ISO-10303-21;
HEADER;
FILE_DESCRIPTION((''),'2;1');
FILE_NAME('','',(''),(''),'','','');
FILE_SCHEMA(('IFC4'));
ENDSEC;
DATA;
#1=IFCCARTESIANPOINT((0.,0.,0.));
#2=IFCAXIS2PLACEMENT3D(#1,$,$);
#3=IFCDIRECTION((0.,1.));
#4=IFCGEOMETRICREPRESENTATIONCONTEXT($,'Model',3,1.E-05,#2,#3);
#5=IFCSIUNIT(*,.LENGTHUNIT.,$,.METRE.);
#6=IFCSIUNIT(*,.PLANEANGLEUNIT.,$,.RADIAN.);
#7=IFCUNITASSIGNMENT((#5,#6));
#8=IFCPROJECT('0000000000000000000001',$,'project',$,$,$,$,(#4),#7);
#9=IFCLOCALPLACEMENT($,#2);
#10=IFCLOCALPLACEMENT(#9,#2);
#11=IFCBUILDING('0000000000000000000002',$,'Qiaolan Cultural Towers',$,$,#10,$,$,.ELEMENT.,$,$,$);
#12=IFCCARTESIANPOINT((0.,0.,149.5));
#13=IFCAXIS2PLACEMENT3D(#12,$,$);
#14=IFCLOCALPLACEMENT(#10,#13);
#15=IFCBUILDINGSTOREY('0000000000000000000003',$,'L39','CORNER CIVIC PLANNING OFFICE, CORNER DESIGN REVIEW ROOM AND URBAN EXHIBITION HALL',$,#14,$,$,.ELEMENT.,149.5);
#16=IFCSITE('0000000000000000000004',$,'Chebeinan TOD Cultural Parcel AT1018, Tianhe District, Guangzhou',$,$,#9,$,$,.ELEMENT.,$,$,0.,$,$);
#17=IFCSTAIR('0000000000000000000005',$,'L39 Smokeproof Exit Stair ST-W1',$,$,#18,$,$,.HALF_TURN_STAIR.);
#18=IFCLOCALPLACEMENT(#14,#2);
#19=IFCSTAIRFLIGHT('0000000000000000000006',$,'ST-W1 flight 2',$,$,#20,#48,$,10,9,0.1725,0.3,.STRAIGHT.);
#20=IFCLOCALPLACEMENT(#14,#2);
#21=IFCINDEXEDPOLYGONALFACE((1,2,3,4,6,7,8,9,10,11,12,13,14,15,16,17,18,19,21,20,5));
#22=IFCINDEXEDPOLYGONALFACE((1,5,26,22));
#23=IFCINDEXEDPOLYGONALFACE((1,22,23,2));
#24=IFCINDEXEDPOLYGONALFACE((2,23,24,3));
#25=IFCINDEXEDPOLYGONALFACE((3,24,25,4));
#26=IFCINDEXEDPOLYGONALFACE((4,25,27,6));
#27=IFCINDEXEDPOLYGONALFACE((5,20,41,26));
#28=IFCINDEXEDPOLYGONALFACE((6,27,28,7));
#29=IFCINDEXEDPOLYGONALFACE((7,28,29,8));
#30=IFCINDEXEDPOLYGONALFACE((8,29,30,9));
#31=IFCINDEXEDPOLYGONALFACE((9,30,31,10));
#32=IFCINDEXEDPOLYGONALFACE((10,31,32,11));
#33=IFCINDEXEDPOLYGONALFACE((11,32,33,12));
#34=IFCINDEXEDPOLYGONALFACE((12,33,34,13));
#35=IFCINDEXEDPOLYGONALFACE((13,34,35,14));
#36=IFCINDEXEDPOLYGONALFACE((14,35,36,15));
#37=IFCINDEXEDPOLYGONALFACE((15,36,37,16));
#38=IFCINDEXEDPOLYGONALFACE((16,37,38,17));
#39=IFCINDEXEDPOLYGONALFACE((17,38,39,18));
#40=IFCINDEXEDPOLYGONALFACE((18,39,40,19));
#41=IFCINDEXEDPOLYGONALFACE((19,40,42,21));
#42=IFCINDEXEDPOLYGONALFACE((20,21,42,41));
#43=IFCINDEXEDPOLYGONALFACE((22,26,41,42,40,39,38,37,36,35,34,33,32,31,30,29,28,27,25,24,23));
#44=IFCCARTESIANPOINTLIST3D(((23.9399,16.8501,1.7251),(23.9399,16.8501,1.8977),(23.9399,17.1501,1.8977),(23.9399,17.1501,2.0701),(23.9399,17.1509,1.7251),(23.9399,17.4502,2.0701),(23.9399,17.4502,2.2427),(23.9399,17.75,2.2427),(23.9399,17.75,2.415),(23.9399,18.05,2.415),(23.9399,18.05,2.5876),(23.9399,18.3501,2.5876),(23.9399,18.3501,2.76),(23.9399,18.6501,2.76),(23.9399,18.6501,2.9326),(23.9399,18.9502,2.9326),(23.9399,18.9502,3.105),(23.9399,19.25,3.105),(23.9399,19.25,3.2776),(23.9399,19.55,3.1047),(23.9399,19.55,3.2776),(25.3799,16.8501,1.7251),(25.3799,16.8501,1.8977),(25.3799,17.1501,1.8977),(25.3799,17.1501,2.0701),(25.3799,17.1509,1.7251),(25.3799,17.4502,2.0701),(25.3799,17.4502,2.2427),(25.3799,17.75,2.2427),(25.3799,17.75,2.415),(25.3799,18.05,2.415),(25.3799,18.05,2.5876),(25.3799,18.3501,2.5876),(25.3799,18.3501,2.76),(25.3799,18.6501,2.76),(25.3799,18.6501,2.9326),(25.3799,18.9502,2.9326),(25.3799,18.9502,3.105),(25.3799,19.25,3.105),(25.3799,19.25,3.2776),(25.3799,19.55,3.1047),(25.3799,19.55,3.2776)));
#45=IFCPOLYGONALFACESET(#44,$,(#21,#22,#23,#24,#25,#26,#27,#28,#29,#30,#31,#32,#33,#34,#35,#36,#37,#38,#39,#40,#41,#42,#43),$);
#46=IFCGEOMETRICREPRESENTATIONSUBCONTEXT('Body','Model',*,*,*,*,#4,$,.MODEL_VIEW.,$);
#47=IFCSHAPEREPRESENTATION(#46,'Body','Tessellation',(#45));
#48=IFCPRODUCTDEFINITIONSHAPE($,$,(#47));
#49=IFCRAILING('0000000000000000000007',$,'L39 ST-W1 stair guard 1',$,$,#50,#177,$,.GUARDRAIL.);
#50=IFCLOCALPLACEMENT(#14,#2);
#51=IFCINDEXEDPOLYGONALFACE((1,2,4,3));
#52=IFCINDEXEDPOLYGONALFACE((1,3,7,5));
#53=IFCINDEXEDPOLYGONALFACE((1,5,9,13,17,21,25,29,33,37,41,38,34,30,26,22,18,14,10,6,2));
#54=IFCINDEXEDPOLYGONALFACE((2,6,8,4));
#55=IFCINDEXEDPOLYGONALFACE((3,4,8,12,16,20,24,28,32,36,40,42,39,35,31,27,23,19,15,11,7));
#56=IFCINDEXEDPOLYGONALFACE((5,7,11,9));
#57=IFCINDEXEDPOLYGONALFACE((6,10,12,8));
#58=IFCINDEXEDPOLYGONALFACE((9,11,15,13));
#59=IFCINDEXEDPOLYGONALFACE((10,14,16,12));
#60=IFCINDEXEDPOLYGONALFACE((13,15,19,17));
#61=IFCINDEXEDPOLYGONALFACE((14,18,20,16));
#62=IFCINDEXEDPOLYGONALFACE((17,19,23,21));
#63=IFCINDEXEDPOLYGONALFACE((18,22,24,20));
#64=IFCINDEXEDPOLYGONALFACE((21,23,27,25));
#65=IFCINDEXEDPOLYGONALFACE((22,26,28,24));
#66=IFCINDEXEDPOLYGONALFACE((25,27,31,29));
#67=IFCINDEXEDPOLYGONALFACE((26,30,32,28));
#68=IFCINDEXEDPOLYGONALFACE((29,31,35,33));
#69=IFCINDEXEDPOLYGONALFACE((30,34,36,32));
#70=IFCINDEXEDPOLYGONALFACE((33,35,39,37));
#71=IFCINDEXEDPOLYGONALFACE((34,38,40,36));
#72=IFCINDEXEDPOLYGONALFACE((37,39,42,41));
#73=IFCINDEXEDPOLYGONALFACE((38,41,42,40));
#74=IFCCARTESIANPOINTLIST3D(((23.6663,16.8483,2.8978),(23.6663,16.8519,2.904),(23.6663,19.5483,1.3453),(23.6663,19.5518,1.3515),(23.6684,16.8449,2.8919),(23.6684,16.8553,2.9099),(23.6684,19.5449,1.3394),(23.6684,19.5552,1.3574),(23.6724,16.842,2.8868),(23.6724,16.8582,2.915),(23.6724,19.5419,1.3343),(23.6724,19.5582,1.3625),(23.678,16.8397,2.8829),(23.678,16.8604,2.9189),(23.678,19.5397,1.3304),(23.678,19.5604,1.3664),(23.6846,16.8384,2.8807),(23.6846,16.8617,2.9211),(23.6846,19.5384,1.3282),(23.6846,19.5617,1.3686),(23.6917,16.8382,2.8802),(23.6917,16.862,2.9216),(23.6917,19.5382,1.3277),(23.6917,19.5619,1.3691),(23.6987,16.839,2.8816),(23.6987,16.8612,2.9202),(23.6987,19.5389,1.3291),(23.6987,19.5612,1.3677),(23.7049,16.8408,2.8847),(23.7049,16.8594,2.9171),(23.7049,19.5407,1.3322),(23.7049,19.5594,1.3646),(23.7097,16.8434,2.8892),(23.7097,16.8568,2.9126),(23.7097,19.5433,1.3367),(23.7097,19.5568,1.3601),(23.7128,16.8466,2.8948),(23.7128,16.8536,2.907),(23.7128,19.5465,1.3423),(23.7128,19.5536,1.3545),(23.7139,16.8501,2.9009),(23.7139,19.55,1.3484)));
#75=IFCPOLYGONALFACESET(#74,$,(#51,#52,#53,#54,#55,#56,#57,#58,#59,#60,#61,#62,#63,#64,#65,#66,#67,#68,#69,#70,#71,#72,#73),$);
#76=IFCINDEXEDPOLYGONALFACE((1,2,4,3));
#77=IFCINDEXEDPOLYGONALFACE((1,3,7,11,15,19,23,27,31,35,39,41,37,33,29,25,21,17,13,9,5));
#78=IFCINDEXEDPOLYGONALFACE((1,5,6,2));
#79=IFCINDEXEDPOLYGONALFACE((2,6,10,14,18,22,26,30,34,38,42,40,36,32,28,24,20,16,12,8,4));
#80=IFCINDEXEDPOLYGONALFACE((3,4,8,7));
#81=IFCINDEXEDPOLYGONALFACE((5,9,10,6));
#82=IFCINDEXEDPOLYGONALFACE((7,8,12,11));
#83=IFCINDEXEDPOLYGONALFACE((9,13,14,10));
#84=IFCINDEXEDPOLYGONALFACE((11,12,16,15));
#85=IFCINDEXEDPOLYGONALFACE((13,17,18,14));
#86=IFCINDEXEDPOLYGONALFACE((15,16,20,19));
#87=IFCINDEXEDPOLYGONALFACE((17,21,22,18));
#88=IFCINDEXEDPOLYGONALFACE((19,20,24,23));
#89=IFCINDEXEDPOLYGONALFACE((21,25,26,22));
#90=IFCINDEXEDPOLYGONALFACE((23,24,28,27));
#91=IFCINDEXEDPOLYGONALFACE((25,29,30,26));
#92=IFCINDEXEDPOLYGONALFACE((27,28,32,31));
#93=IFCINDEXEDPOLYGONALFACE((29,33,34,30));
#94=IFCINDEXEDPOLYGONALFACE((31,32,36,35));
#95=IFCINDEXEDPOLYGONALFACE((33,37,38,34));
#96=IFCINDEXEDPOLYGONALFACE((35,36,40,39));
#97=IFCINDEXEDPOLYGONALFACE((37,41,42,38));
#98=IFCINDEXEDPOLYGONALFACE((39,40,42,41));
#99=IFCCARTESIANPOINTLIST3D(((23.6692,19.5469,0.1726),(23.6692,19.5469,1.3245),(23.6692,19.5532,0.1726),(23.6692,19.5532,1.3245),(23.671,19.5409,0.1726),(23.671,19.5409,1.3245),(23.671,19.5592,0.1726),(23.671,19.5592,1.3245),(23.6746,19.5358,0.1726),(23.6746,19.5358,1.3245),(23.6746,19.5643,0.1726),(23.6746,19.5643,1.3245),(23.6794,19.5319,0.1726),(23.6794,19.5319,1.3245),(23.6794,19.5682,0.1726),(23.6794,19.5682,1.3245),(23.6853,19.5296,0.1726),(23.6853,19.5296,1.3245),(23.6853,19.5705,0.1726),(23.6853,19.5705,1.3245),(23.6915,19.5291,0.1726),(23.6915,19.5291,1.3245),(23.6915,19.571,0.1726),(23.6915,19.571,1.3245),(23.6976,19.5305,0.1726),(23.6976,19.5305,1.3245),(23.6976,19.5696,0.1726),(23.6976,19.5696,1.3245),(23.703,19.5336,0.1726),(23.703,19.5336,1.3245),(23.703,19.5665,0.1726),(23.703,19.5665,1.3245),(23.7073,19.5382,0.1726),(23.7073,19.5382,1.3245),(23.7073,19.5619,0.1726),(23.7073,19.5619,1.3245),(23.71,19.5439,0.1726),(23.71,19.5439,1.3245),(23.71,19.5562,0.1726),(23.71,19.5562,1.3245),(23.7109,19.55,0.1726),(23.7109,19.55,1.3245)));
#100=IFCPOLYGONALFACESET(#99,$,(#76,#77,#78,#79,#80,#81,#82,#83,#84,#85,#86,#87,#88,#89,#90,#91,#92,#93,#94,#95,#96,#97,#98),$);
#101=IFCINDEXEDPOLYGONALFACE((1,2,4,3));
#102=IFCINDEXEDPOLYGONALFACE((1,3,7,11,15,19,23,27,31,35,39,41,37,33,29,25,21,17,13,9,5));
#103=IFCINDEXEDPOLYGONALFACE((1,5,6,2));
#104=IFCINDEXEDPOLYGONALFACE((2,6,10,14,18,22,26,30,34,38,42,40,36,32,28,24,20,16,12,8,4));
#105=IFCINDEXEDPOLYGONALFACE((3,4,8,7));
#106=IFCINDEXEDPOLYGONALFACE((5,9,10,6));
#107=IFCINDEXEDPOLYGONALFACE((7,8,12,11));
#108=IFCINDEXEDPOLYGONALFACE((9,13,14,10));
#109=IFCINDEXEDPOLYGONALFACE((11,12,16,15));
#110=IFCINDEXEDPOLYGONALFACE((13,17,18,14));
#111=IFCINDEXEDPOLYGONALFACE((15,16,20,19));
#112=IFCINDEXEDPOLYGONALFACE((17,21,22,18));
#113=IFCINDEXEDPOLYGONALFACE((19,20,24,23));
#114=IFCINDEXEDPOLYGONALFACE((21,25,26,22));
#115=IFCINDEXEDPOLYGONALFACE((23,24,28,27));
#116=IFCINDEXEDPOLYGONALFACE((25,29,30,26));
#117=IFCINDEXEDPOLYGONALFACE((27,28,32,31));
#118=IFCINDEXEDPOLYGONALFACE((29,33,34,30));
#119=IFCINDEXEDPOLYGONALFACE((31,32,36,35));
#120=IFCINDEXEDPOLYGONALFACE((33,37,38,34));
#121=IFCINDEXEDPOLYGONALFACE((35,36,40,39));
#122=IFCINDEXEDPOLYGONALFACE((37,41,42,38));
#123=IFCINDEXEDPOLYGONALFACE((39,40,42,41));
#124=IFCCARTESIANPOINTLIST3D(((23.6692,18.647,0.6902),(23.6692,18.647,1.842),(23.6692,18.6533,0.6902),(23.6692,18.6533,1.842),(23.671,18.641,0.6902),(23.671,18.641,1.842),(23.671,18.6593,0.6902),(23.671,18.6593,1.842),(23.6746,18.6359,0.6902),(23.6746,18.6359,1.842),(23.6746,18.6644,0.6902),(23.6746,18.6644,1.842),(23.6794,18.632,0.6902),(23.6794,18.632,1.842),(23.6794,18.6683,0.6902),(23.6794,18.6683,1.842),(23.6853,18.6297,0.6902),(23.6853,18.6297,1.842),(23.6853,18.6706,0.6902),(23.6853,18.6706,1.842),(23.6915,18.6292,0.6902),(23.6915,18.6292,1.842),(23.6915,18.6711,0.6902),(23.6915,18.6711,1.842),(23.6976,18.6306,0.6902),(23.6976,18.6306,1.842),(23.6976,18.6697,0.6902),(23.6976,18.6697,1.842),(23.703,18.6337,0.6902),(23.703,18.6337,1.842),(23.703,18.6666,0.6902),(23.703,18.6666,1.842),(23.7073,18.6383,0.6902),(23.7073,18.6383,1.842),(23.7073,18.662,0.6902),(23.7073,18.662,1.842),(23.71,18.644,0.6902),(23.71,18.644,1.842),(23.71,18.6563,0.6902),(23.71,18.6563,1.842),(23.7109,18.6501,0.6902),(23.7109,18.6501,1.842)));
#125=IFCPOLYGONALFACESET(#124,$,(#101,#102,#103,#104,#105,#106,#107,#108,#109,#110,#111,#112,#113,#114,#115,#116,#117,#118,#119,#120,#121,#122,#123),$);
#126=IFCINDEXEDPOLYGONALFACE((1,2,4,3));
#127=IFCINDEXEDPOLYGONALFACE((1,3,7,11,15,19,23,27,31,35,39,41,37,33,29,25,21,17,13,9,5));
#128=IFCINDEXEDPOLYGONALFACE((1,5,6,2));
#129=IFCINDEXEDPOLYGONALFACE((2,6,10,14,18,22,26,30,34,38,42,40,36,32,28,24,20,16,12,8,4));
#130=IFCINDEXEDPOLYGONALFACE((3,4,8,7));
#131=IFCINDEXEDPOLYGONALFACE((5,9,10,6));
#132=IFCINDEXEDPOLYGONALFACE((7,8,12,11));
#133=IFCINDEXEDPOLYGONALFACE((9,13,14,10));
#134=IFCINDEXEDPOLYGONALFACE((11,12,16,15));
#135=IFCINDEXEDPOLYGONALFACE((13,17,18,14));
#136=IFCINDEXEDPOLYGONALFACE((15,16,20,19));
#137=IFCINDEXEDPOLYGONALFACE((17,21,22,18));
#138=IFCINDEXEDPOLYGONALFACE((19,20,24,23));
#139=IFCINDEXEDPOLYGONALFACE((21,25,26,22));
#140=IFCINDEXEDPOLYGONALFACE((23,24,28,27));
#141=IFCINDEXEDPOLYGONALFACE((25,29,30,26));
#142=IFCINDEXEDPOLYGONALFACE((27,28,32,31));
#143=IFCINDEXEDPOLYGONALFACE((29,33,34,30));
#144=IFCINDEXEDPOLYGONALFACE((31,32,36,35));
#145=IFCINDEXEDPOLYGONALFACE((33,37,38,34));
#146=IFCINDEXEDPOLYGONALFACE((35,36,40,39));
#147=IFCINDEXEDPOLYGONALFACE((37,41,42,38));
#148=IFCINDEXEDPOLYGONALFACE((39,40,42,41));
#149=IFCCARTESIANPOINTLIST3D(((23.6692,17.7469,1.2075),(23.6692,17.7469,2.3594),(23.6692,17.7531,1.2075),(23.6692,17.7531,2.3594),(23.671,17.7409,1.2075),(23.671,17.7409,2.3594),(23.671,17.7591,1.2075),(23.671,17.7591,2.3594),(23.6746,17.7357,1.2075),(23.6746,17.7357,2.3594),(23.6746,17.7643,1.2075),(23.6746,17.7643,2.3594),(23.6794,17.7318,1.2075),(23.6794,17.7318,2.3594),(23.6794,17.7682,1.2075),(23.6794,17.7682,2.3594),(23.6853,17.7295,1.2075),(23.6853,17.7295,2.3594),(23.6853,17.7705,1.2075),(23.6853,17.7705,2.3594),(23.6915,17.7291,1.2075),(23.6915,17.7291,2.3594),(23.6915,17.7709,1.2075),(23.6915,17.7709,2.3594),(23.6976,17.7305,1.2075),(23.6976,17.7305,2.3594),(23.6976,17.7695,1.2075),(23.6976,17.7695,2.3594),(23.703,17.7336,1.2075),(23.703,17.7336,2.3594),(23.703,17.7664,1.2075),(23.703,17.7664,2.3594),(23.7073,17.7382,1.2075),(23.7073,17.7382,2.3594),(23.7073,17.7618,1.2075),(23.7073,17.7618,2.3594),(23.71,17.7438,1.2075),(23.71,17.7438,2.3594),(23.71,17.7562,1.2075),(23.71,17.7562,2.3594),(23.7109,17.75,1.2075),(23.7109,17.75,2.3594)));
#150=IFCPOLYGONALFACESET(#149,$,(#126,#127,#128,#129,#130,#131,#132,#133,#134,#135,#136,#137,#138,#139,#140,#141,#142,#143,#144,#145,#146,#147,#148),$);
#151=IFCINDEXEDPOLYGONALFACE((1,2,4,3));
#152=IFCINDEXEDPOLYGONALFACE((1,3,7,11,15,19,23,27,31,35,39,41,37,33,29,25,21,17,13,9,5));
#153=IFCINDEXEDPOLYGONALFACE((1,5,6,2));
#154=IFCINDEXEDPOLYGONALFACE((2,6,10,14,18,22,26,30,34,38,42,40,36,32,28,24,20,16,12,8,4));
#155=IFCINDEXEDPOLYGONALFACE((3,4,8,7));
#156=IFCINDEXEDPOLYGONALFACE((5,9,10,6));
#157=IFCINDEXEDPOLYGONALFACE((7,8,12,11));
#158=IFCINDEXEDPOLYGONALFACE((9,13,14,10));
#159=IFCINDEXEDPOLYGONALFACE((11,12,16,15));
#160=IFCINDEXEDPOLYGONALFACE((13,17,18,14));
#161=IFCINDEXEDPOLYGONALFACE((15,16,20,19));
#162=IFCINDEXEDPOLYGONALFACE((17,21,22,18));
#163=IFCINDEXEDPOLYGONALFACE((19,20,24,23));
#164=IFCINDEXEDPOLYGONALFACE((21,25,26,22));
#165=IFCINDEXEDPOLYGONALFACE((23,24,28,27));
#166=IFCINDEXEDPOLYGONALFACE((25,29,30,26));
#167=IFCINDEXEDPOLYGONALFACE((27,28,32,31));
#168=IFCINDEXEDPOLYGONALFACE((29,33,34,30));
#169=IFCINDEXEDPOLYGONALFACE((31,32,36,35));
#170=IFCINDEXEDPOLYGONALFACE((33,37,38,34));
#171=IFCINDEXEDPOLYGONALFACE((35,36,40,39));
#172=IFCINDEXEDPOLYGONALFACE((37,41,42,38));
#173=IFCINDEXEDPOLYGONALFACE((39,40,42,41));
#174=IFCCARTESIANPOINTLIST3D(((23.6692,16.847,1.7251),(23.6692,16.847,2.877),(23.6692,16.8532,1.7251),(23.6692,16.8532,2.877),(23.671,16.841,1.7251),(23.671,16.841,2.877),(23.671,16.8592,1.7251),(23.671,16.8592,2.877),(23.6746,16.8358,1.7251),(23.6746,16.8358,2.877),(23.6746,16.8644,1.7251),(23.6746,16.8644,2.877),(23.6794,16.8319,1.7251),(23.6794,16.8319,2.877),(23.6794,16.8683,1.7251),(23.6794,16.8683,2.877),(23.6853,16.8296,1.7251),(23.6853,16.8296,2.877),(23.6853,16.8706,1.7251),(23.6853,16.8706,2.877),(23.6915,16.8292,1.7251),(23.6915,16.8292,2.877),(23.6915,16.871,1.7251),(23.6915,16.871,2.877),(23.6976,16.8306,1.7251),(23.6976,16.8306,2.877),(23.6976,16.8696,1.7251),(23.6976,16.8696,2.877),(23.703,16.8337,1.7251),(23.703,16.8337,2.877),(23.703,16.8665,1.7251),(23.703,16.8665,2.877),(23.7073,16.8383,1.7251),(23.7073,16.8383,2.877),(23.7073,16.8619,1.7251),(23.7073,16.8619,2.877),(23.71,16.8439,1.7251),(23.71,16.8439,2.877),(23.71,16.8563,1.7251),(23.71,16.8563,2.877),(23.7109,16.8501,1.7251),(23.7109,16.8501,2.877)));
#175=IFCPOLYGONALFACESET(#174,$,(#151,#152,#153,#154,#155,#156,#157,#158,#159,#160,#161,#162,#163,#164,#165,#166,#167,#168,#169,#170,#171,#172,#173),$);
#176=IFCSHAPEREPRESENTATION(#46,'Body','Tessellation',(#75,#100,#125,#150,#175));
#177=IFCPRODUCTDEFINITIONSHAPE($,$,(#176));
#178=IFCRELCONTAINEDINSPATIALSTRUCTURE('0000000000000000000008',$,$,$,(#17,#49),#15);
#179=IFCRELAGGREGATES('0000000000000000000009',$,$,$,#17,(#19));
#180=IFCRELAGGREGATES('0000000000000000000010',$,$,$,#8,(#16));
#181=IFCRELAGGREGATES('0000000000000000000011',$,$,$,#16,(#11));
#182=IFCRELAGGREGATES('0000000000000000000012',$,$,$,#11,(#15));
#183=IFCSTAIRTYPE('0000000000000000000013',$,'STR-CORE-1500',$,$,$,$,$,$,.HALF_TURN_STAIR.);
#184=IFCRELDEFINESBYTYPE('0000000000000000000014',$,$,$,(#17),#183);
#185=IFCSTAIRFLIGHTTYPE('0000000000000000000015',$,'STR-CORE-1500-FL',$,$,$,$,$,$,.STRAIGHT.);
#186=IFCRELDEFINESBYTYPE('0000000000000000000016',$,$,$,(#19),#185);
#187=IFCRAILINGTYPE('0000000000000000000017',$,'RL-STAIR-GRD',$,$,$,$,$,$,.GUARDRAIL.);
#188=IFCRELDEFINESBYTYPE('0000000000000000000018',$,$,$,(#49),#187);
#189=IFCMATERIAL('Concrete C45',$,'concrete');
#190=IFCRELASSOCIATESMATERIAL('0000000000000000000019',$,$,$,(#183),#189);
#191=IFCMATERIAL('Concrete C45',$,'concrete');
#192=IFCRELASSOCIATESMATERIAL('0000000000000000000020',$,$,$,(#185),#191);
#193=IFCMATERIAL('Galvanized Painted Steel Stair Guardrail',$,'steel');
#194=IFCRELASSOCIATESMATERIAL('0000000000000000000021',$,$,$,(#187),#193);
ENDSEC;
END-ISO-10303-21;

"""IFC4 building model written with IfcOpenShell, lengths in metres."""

from ifc_helpers import new_model, si_unit, direction, frame, origin, origin_2d, place, context, subcontext, project, spatial, polyline, circle, outline, extrude, material, type_object, element, aggregate, save


model = new_model("IFC4")

# Units and contexts
model_context = context("Model", 3, precision=1e-05, world=origin(), true_north=direction((0.0, 1.0)))
body_context = subcontext(model_context, "Body", "Model", "MODEL_VIEW")
ifc_project = project(units=[si_unit("LENGTHUNIT", "METRE"), si_unit("PLANEANGLEUNIT", "RADIAN")], contexts=[model_context])

# Site, building, storey
site_placement = place(None, origin())
site = spatial("IfcSite", under=ifc_project, at=site_placement, Name="Chebeinan TOD Cultural Parcel AT1018, Tianhe District, Guangzhou", CompositionType="ELEMENT", RefElevation=0.0)
building_placement = place(site_placement, origin())
building = spatial("IfcBuilding", under=site, at=building_placement, Name="Qiaolan Cultural Towers", CompositionType="ELEMENT")
storey_placement = place(building_placement, frame((0.0, 0.0, 149.5)))
storey = spatial("IfcBuildingStorey", under=building, at=storey_placement, Name="L39", Description="CORNER CIVIC PLANNING OFFICE, CORNER DESIGN REVIEW ROOM AND URBAN EXHIBITION HALL", CompositionType="ELEMENT", Elevation=149.5)

# Stair, stair flight
ifc_material_1 = material(Name="Concrete C45", Category="concrete")
stair_type = type_object("IfcStairType", Name="STR-CORE-1500", PredefinedType="HALF_TURN_STAIR", material=ifc_material_1)
stair_placement = place(storey_placement, origin())
stair = element("IfcStair", 1, at=stair_placement, inside=storey, type_object=stair_type, Name="L39 Smokeproof Exit Stair ST-W1", PredefinedType="HALF_TURN_STAIR")
ifc_material_2 = material(Name="Concrete C45", Category="concrete")
stair_flight_type = type_object("IfcStairFlightType", Name="STR-CORE-1500-FL", PredefinedType="STRAIGHT", material=ifc_material_2)
stair_flight_1_placement = place(storey_placement, frame((24.6599, 16.8501, 1.7251), z_axis=(0.0, 0.0, 1.0), x_axis=(0.0, 1.0, 0.0)))
stair_flight_1 = element("IfcStairFlight", 2, at=stair_flight_1_placement, type_object=stair_flight_type, Name="ST-W1 flight 2", NumberOfRisers=10, NumberOfTreads=9, PredefinedType="STRAIGHT", RiserHeight=0.1725, TreadLength=0.3, context=body_context, shape_type="SweptSolid", body=[
    extrude(outline(polyline([(0.0, 0.0), (0.0, 0.1726), (0.3, 0.1726), (0.3, 0.345), (0.6001, 0.345), (0.6001, 0.5176), (0.8999, 0.5176), (0.8999, 0.6899), (1.2, 0.6899), (1.2, 0.8625), (1.5, 0.8625), (1.5, 1.0349), (1.8, 1.0349), (1.8, 1.2075), (2.1001, 1.2075), (2.1001, 1.3799), (2.3999, 1.3799), (2.3999, 1.5525), (2.7, 1.5525), (2.7, 1.7251), (2.7, 1.3796), (0.3008, 0.0), (0.0, 0.0)])), frame((0.0, 0.72, 0.0), z_axis=(0.0, -1.0, 0.0), x_axis=(1.0, 0.0, 0.0)), (0.0, 0.0, 1.0), 1.4399),
])
aggregate(stair, [stair_flight_1])

# Railing
ifc_material_3 = material(Name="Galvanized Painted Steel Stair Guardrail", Category="steel")
railing_type_1 = type_object("IfcRailingType", Name="RL-STAIR-GRD", PredefinedType="GUARDRAIL", material=ifc_material_3)
railing_1_placement = place(storey_placement, frame((23.6899, 19.55, 0.1726)))
element("IfcRailing", 3, at=railing_1_placement, inside=storey, type_object=railing_type_1, Name="L39 ST-W1 stair guard 1", PredefinedType="GUARDRAIL", context=body_context, shape_type="SweptSolid", body=[
    extrude(circle(Radius=0.0239, at=origin_2d()), frame((0.0, 0.0, 1.1758), z_axis=(0.0, -0.866904, 0.498476), x_axis=(1.0, 0.0, 0.0)), (0.0, 0.0, 1.0), 3.1145),
    extrude(circle(Radius=0.021, at=origin_2d()), origin(), (0.0, 0.0, 1.0), 1.1519),
    extrude(circle(Radius=0.021, at=origin_2d()), frame((0.0, -0.8999, 0.5176)), (0.0, 0.0, 1.0), 1.1519),
    extrude(circle(Radius=0.021, at=origin_2d()), frame((0.0, -1.8, 1.0349)), (0.0, 0.0, 1.0), 1.1519),
    extrude(circle(Radius=0.021, at=origin_2d()), frame((0.0, -2.7, 1.5525)), (0.0, 0.0, 1.0), 1.1519),
])

save(model, "model.ifc")
